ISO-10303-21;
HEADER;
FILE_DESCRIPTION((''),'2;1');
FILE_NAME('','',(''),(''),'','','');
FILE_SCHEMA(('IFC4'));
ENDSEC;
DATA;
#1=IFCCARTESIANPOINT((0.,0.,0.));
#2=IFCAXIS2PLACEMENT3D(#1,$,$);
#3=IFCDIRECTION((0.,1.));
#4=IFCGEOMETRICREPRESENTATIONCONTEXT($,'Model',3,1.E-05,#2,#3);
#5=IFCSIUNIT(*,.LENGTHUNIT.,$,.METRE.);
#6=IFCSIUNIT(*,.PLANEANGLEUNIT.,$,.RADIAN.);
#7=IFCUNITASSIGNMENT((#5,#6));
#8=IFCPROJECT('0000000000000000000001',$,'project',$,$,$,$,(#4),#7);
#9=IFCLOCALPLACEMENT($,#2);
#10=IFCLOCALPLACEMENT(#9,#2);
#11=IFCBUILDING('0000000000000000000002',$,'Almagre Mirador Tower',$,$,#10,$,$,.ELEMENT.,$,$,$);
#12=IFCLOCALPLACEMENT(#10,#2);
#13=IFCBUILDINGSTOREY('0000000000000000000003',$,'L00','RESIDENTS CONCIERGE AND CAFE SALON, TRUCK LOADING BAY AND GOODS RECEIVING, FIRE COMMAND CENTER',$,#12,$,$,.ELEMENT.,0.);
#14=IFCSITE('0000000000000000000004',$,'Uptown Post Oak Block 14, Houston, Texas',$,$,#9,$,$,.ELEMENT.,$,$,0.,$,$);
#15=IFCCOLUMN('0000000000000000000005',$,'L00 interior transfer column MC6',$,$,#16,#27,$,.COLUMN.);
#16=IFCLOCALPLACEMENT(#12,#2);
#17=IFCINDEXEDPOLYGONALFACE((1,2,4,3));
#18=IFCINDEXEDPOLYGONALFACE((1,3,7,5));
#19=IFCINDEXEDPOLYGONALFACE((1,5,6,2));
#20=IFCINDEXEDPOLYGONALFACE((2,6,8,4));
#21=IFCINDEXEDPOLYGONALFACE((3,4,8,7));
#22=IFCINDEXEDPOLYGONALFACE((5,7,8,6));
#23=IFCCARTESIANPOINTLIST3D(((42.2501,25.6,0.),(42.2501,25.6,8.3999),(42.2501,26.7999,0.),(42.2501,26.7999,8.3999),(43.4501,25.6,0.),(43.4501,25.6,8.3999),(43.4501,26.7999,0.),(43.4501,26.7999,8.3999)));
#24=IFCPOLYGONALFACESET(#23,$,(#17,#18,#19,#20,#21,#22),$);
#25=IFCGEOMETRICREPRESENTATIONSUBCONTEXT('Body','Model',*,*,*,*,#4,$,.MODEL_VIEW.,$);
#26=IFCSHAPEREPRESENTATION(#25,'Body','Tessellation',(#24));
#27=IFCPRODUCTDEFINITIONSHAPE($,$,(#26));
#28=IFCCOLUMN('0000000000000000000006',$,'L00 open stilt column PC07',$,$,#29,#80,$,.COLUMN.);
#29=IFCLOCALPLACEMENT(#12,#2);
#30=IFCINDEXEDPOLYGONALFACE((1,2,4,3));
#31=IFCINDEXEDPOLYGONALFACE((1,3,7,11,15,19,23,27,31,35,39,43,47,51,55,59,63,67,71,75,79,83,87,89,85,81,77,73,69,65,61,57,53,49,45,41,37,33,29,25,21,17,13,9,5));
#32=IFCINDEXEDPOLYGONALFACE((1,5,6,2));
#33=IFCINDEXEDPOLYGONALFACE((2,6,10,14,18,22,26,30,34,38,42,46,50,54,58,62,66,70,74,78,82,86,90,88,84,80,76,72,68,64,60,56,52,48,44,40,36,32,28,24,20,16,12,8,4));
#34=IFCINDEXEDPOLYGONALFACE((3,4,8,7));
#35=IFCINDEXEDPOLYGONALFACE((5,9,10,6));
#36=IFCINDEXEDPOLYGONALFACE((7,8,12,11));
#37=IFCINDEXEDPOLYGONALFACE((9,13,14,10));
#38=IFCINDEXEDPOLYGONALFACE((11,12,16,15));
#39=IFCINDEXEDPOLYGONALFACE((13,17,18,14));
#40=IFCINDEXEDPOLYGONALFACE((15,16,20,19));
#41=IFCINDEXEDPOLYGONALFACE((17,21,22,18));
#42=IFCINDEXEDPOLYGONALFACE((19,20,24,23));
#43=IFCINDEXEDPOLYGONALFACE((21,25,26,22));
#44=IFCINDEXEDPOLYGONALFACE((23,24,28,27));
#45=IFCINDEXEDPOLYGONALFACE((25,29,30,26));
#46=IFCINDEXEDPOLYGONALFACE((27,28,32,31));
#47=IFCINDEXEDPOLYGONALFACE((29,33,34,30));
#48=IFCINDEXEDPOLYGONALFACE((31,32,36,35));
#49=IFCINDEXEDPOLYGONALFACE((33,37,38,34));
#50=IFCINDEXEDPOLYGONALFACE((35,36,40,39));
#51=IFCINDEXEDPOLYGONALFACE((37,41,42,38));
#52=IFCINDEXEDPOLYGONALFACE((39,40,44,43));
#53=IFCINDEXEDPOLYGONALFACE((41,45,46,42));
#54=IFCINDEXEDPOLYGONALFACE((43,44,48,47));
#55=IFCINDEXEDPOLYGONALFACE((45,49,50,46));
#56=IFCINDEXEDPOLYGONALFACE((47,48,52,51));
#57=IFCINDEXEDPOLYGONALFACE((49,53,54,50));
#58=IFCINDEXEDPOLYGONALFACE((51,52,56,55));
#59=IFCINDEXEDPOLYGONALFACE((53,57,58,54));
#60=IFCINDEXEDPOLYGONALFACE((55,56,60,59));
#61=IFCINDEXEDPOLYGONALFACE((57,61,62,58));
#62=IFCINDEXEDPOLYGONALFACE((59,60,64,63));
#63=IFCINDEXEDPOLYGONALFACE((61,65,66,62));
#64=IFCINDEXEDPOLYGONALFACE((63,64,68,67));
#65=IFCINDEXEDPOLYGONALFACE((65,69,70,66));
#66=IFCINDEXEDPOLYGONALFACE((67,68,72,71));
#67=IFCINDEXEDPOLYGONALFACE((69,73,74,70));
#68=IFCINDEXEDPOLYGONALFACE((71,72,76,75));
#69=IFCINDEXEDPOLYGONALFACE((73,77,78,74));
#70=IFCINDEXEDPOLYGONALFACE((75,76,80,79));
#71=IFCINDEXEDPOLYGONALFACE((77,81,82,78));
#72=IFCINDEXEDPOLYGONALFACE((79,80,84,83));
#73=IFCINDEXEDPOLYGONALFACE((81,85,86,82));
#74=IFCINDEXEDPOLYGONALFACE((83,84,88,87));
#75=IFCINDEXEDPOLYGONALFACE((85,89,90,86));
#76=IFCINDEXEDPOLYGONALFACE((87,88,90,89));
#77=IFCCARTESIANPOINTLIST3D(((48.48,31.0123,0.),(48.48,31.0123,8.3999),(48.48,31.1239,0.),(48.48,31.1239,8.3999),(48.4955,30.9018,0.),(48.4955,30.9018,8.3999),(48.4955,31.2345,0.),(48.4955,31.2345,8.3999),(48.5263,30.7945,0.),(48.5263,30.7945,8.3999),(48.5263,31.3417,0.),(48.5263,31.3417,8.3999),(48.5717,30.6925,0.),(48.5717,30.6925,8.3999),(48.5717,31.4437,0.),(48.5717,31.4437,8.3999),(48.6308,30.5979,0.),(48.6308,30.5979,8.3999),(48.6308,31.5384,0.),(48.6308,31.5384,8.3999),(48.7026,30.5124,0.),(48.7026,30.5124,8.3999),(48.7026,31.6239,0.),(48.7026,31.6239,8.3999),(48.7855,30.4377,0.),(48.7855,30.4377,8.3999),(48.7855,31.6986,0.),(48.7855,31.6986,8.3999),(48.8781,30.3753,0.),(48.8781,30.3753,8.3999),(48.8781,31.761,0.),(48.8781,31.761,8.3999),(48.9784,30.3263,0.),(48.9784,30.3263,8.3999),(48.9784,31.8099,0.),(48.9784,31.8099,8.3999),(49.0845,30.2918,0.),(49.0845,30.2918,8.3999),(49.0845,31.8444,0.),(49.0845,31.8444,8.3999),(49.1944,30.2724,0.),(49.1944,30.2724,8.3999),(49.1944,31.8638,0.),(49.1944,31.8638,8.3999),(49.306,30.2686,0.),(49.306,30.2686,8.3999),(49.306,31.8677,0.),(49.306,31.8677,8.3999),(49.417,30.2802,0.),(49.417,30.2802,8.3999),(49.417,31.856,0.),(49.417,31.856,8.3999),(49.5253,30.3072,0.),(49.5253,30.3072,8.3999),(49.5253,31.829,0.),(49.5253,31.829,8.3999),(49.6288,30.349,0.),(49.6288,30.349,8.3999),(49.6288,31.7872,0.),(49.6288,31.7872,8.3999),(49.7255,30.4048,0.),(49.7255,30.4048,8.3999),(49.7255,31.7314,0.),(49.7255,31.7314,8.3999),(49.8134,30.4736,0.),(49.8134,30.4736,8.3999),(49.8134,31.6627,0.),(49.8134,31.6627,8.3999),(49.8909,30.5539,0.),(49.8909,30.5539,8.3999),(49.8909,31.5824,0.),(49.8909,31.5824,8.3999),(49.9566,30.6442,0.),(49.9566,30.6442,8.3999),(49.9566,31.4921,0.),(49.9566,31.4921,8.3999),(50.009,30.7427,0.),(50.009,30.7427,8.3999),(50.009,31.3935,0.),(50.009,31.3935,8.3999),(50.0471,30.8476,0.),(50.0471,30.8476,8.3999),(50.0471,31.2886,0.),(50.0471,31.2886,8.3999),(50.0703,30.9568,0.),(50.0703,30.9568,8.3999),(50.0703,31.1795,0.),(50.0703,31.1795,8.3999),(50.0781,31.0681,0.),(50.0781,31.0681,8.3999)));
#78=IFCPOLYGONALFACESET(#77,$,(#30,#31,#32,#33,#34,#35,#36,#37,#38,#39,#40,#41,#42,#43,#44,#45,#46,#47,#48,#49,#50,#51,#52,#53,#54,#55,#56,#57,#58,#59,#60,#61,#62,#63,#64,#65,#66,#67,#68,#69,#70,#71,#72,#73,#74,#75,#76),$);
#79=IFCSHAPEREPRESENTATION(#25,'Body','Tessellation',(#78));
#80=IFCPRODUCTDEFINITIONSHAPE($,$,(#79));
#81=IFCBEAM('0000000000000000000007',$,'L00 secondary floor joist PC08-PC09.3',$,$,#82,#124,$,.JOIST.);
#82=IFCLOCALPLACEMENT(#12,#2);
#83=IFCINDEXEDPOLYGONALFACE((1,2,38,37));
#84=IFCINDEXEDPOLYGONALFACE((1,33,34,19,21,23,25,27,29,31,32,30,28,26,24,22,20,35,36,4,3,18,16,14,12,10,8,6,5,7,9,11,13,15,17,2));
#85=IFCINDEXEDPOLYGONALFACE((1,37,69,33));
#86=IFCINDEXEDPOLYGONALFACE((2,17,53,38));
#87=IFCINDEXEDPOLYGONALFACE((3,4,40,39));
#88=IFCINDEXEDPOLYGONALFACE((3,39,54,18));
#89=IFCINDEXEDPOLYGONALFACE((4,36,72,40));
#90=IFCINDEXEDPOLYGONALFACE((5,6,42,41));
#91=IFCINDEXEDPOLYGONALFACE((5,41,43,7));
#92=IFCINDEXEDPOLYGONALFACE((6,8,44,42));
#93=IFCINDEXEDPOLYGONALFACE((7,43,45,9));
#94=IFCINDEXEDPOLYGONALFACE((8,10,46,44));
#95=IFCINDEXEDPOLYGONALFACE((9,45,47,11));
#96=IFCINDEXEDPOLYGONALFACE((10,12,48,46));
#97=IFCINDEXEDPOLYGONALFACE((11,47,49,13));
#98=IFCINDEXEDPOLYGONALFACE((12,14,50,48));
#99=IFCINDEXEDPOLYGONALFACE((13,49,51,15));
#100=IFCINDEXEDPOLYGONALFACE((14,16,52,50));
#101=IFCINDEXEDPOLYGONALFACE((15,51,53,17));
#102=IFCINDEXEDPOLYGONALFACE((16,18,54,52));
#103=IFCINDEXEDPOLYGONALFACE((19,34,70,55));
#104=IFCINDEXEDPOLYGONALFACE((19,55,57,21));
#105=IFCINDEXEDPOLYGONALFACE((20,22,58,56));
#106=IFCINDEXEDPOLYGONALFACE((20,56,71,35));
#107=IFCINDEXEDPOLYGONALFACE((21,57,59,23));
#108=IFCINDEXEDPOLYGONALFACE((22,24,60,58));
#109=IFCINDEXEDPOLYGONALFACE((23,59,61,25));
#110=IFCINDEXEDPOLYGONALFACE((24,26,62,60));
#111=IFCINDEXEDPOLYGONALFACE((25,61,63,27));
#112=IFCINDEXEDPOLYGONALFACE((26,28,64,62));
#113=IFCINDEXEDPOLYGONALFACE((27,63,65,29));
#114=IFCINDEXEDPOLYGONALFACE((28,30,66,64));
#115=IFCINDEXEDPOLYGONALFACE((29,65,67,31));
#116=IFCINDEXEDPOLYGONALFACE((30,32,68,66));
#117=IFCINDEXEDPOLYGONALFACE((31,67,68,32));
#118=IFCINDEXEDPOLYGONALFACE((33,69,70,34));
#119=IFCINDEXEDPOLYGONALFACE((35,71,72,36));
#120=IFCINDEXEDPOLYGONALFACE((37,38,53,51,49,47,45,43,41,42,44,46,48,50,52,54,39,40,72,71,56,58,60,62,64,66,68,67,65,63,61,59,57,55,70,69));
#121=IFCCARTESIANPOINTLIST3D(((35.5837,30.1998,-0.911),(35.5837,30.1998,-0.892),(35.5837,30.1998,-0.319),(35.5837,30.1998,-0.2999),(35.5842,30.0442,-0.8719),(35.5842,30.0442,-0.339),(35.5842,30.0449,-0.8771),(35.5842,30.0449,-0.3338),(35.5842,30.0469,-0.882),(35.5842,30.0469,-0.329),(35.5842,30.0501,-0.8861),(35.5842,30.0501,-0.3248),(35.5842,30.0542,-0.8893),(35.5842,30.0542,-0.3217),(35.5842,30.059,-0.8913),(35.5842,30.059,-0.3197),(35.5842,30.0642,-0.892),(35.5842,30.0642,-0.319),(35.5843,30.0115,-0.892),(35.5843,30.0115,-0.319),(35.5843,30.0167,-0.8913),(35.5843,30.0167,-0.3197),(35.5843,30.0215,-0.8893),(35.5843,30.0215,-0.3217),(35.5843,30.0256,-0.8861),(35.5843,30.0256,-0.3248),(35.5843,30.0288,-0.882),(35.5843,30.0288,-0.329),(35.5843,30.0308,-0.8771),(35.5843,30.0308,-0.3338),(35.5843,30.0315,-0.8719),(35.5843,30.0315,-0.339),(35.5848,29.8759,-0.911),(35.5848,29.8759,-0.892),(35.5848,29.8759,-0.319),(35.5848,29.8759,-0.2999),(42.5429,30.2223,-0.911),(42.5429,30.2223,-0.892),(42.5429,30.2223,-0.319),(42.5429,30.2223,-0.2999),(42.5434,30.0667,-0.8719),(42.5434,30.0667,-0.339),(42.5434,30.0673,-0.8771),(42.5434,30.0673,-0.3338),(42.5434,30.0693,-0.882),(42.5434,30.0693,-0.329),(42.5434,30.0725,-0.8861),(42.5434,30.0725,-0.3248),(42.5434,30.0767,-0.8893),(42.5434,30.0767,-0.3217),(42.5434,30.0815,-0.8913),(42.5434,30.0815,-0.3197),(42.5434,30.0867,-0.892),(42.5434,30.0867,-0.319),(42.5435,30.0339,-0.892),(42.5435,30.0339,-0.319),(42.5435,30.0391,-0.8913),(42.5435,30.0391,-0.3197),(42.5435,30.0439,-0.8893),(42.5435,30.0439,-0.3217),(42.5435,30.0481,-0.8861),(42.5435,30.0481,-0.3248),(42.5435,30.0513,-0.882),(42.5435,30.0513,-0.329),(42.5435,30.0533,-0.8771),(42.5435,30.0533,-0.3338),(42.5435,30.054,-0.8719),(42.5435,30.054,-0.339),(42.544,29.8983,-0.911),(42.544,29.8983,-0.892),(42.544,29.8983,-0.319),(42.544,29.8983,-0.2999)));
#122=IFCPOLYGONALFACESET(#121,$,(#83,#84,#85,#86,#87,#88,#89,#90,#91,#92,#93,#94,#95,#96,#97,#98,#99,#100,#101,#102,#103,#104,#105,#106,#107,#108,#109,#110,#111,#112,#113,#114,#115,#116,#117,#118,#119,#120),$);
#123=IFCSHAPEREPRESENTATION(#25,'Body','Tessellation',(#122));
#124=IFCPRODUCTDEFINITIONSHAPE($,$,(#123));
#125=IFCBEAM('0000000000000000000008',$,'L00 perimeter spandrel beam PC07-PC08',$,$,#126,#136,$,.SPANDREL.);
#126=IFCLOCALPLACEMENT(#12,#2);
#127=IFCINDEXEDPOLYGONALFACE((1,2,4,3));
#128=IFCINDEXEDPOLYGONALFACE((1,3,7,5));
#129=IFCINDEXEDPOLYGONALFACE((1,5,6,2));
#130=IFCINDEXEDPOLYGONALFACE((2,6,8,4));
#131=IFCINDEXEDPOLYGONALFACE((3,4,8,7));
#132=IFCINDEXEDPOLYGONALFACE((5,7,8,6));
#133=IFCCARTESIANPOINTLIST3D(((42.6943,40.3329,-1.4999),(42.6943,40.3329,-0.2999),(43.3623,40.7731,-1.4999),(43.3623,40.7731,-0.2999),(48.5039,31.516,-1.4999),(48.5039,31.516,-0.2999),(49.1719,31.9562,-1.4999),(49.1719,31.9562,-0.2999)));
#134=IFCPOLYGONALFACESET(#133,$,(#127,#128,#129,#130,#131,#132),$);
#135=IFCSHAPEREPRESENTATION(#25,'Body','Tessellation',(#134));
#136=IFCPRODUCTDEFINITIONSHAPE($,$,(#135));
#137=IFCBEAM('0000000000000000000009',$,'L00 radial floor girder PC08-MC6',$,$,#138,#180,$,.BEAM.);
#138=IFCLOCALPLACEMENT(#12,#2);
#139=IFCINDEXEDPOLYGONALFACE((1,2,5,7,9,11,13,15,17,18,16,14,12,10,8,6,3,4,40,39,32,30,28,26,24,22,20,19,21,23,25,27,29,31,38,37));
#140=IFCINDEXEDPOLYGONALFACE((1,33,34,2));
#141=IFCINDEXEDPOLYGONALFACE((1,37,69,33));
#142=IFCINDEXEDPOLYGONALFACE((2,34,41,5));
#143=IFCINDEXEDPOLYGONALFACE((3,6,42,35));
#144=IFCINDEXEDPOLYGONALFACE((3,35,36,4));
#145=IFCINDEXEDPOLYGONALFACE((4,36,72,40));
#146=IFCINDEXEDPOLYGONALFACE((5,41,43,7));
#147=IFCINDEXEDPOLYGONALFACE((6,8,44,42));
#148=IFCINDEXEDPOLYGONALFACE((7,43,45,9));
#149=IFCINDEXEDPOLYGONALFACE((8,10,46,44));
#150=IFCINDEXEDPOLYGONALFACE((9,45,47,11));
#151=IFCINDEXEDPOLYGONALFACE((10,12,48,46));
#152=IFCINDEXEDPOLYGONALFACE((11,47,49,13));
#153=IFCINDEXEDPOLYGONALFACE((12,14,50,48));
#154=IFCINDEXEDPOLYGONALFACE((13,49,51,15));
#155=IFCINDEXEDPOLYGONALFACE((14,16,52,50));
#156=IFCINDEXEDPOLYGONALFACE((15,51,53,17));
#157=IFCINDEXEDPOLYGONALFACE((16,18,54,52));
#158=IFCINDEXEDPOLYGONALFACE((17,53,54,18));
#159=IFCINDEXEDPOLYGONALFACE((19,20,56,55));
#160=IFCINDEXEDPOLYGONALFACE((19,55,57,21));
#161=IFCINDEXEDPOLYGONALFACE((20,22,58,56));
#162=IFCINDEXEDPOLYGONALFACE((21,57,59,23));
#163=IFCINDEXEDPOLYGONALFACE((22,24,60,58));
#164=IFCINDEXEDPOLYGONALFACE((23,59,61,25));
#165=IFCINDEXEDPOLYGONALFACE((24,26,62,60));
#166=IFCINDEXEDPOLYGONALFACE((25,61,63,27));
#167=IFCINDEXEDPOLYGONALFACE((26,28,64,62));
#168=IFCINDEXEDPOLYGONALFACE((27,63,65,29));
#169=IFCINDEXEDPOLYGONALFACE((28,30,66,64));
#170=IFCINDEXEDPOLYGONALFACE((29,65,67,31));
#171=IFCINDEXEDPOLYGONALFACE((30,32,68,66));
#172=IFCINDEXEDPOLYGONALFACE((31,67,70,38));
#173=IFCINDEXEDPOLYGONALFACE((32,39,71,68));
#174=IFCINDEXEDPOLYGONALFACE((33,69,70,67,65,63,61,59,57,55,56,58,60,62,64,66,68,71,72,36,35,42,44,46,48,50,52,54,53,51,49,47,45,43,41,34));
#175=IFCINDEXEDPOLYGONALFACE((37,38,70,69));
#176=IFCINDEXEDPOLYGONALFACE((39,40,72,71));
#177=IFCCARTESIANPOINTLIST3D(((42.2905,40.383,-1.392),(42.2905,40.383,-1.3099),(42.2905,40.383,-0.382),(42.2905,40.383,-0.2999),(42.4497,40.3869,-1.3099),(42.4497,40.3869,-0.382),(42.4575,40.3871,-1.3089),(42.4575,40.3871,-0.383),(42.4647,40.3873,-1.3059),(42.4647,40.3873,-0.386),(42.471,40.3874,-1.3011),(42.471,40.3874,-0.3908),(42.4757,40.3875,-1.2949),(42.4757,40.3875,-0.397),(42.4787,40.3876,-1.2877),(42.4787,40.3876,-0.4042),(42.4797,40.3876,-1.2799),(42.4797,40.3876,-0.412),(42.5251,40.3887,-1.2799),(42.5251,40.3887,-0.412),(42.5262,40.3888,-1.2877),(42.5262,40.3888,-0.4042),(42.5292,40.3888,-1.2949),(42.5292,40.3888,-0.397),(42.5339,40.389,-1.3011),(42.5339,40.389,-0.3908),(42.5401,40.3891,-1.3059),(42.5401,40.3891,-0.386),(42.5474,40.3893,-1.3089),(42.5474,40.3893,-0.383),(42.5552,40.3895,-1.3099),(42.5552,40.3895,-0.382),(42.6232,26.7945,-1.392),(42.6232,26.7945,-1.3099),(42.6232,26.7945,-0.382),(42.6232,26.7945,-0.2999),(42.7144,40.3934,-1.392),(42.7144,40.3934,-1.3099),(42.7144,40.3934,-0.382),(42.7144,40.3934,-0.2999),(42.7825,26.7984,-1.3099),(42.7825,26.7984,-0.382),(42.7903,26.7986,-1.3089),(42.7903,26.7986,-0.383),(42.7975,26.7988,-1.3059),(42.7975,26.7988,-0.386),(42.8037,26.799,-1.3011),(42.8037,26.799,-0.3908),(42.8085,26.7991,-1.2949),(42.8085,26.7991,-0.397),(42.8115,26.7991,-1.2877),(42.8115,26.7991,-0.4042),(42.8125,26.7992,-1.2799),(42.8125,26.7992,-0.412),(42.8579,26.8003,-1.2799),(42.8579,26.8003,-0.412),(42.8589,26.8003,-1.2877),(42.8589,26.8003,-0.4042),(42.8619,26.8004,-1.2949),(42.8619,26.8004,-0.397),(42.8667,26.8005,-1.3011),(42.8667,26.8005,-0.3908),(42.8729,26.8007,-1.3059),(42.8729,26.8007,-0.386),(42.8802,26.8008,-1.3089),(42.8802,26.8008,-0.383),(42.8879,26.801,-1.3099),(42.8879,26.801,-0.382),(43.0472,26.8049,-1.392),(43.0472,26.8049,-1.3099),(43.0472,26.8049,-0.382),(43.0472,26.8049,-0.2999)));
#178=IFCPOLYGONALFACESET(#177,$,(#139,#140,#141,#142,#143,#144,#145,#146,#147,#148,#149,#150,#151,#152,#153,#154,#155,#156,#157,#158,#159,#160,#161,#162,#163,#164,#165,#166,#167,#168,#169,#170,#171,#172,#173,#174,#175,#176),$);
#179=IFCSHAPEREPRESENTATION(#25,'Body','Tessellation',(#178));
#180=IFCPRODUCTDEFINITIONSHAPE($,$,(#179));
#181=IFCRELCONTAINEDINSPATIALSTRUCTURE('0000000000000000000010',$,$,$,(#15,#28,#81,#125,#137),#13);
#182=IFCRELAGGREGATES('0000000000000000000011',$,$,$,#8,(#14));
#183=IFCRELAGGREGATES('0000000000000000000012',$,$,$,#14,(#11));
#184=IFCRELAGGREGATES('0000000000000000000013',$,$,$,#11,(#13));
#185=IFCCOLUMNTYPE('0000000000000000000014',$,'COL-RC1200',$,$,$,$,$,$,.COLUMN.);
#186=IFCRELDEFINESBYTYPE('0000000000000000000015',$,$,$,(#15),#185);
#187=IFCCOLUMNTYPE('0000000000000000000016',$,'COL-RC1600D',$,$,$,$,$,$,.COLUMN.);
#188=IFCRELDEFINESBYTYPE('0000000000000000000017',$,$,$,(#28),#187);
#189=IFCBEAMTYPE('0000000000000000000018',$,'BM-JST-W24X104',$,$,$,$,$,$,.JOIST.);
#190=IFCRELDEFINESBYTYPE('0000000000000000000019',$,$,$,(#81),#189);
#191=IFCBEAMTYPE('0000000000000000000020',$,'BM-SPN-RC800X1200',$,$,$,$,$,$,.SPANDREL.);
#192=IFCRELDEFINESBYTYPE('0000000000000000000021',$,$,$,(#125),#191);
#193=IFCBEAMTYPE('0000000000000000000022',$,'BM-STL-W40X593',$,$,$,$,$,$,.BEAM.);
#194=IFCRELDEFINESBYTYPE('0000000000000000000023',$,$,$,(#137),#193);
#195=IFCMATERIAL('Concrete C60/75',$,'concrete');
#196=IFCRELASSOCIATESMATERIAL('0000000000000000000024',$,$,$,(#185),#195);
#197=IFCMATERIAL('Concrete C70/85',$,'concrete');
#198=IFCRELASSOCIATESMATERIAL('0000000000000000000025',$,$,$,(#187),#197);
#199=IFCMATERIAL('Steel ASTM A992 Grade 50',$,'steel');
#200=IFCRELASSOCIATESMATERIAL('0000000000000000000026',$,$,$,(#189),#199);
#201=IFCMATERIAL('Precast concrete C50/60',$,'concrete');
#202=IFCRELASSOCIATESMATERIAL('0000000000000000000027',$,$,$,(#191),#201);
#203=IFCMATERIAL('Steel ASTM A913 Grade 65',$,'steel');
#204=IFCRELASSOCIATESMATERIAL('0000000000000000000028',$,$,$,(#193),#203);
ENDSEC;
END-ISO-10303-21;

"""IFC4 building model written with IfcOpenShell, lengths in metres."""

from ifc_helpers import new_model, si_unit, direction, frame, origin, origin_2d, place, context, subcontext, project, spatial, rectangle, circle, i_section, extrude, material, material_profile, profile_set, type_object, element, save


model = new_model("IFC4")

# Units and contexts
model_context = context("Model", 3, precision=1e-05, world=origin(), true_north=direction((0.0, 1.0)))
body_context = subcontext(model_context, "Body", "Model", "MODEL_VIEW")
ifc_project = project(units=[si_unit("LENGTHUNIT", "METRE"), si_unit("PLANEANGLEUNIT", "RADIAN")], contexts=[model_context])

# Site, building, storey
site_placement = place(None, origin())
site = spatial("IfcSite", under=ifc_project, at=site_placement, Name="Uptown Post Oak Block 14, Houston, Texas", CompositionType="ELEMENT", RefElevation=0.0)
building_placement = place(site_placement, origin())
building = spatial("IfcBuilding", under=site, at=building_placement, Name="Almagre Mirador Tower", CompositionType="ELEMENT")
storey_placement = place(building_placement, origin())
storey = spatial("IfcBuildingStorey", under=building, at=storey_placement, Name="L00", Description="RESIDENTS CONCIERGE AND CAFE SALON, TRUCK LOADING BAY AND GOODS RECEIVING, FIRE COMMAND CENTER", CompositionType="ELEMENT", Elevation=0.0)

# Columns
ifc_material_1 = material(Name="Concrete C60/75", Category="concrete")
ifc_material_profile_1 = material_profile(ifc_material_1, rectangle(XDim=1.2, YDim=1.2, at=origin_2d()), Name="RC1200X1200")
ifc_profile_set_1 = profile_set([ifc_material_profile_1], Name="Concrete C60/75")
column_type_1 = type_object("IfcColumnType", Name="COL-RC1200", PredefinedType="COLUMN", material=ifc_profile_set_1)
column_1_placement = place(storey_placement, frame((42.8501, 26.2, 0.0), z_axis=(0.0, 0.0, 1.0), x_axis=(1.0, 0.0, 0.0)))
element("IfcColumn", 1, at=column_1_placement, inside=storey, type_object=column_type_1, Name="L00 interior transfer column MC6", PredefinedType="COLUMN", context=body_context, shape_type="SweptSolid", body=[
    extrude(rectangle(XDim=1.2, YDim=1.2, at=origin_2d()), origin(), (0.0, 0.0, 1.0), 8.3999),
])
ifc_material_2 = material(Name="Concrete C70/85", Category="concrete")
ifc_material_profile_2 = material_profile(ifc_material_2, circle(Radius=0.8, at=origin_2d()), Name="RC1600D")
ifc_profile_set_2 = profile_set([ifc_material_profile_2], Name="Concrete C70/85")
column_type_2 = type_object("IfcColumnType", Name="COL-RC1600D", PredefinedType="COLUMN", material=ifc_profile_set_2)
column_2_placement = place(storey_placement, frame((49.2781, 31.0681, 0.0), z_axis=(0.0, 0.0, 1.0), x_axis=(1.0, 0.0, 0.0)))
element("IfcColumn", 2, at=column_2_placement, inside=storey, type_object=column_type_2, Name="L00 open stilt column PC07", PredefinedType="COLUMN", context=body_context, shape_type="SweptSolid", body=[
    extrude(circle(Radius=0.8, at=origin_2d()), origin(), (0.0, 0.0, 1.0), 8.3999),
])

# Beams
ifc_material_3 = material(Name="Steel ASTM A992 Grade 50", Category="steel")
ifc_material_profile_3 = material_profile(ifc_material_3, i_section(OverallWidth=0.324, OverallDepth=0.6111, WebThickness=0.0127, FlangeThickness=0.019, FilletRadius=0.02, at=origin_2d()), Name="W24X104")
ifc_profile_set_3 = profile_set([ifc_material_profile_3], Name="Steel ASTM A992 Grade 50")
beam_type_1 = type_object("IfcBeamType", Name="BM-JST-W24X104", PredefinedType="JOIST", material=ifc_profile_set_3)
beam_1_placement = place(storey_placement, frame((42.5435, 30.0603, -0.6055), z_axis=(-0.999995, -0.003227, 0.0), x_axis=(0.003227, -0.999995, 0.0)))
element("IfcBeam", 3, at=beam_1_placement, inside=storey, type_object=beam_type_1, Name="L00 secondary floor joist PC08-PC09.3", PredefinedType="JOIST", context=body_context, shape_type="SweptSolid", body=[
    extrude(i_section(OverallWidth=0.324, OverallDepth=0.6111, WebThickness=0.0127, FlangeThickness=0.019, FilletRadius=0.02, at=origin_2d()), origin(), (0.0, 0.0, 1.0), 6.9592),
])
ifc_material_4 = material(Name="Precast concrete C50/60", Category="concrete")
ifc_material_profile_4 = material_profile(ifc_material_4, rectangle(XDim=0.8, YDim=1.2, at=origin_2d()), Name="RC800X1200")
ifc_profile_set_4 = profile_set([ifc_material_profile_4], Name="Precast concrete C50/60")
beam_type_2 = type_object("IfcBeamType", Name="BM-SPN-RC800X1200", PredefinedType="SPANDREL", material=ifc_profile_set_4)
beam_2_placement = place(storey_placement, frame((48.8379, 31.7361, -0.8999), z_axis=(-0.55021, 0.835026, 0.0), x_axis=(-0.835026, -0.55021, 0.0)))
element("IfcBeam", 4, at=beam_2_placement, inside=storey, type_object=beam_type_2, Name="L00 perimeter spandrel beam PC07-PC08", PredefinedType="SPANDREL", context=body_context, shape_type="SweptSolid", body=[
    extrude(rectangle(XDim=0.8, YDim=1.2, at=origin_2d()), origin(), (0.0, 0.0, 1.0), 10.5588),
])
ifc_material_5 = material(Name="Steel ASTM A913 Grade 65", Category="steel")
ifc_material_profile_5 = material_profile(ifc_material_5, i_section(OverallWidth=0.4241, OverallDepth=1.092, WebThickness=0.0454, FlangeThickness=0.082, FilletRadius=0.03, at=origin_2d()), Name="W40X593")
ifc_profile_set_5 = profile_set([ifc_material_profile_5], Name="Steel ASTM A913 Grade 65")
beam_type_3 = type_object("IfcBeamType", Name="BM-STL-W40X593", PredefinedType="BEAM", material=ifc_profile_set_5)
beam_3_placement = place(storey_placement, frame((42.5024, 40.3882, -0.8459), z_axis=(0.024482, -0.9997, 0.0), x_axis=(0.9997, 0.024482, 0.0)))
element("IfcBeam", 5, at=beam_3_placement, inside=storey, type_object=beam_type_3, Name="L00 radial floor girder PC08-MC6", PredefinedType="BEAM", context=body_context, shape_type="SweptSolid", body=[
    extrude(i_section(OverallWidth=0.4241, OverallDepth=1.092, WebThickness=0.0454, FlangeThickness=0.082, FilletRadius=0.03, at=origin_2d()), origin(), (0.0, 0.0, 1.0), 13.5925),
])

save(model, "model.ifc")
